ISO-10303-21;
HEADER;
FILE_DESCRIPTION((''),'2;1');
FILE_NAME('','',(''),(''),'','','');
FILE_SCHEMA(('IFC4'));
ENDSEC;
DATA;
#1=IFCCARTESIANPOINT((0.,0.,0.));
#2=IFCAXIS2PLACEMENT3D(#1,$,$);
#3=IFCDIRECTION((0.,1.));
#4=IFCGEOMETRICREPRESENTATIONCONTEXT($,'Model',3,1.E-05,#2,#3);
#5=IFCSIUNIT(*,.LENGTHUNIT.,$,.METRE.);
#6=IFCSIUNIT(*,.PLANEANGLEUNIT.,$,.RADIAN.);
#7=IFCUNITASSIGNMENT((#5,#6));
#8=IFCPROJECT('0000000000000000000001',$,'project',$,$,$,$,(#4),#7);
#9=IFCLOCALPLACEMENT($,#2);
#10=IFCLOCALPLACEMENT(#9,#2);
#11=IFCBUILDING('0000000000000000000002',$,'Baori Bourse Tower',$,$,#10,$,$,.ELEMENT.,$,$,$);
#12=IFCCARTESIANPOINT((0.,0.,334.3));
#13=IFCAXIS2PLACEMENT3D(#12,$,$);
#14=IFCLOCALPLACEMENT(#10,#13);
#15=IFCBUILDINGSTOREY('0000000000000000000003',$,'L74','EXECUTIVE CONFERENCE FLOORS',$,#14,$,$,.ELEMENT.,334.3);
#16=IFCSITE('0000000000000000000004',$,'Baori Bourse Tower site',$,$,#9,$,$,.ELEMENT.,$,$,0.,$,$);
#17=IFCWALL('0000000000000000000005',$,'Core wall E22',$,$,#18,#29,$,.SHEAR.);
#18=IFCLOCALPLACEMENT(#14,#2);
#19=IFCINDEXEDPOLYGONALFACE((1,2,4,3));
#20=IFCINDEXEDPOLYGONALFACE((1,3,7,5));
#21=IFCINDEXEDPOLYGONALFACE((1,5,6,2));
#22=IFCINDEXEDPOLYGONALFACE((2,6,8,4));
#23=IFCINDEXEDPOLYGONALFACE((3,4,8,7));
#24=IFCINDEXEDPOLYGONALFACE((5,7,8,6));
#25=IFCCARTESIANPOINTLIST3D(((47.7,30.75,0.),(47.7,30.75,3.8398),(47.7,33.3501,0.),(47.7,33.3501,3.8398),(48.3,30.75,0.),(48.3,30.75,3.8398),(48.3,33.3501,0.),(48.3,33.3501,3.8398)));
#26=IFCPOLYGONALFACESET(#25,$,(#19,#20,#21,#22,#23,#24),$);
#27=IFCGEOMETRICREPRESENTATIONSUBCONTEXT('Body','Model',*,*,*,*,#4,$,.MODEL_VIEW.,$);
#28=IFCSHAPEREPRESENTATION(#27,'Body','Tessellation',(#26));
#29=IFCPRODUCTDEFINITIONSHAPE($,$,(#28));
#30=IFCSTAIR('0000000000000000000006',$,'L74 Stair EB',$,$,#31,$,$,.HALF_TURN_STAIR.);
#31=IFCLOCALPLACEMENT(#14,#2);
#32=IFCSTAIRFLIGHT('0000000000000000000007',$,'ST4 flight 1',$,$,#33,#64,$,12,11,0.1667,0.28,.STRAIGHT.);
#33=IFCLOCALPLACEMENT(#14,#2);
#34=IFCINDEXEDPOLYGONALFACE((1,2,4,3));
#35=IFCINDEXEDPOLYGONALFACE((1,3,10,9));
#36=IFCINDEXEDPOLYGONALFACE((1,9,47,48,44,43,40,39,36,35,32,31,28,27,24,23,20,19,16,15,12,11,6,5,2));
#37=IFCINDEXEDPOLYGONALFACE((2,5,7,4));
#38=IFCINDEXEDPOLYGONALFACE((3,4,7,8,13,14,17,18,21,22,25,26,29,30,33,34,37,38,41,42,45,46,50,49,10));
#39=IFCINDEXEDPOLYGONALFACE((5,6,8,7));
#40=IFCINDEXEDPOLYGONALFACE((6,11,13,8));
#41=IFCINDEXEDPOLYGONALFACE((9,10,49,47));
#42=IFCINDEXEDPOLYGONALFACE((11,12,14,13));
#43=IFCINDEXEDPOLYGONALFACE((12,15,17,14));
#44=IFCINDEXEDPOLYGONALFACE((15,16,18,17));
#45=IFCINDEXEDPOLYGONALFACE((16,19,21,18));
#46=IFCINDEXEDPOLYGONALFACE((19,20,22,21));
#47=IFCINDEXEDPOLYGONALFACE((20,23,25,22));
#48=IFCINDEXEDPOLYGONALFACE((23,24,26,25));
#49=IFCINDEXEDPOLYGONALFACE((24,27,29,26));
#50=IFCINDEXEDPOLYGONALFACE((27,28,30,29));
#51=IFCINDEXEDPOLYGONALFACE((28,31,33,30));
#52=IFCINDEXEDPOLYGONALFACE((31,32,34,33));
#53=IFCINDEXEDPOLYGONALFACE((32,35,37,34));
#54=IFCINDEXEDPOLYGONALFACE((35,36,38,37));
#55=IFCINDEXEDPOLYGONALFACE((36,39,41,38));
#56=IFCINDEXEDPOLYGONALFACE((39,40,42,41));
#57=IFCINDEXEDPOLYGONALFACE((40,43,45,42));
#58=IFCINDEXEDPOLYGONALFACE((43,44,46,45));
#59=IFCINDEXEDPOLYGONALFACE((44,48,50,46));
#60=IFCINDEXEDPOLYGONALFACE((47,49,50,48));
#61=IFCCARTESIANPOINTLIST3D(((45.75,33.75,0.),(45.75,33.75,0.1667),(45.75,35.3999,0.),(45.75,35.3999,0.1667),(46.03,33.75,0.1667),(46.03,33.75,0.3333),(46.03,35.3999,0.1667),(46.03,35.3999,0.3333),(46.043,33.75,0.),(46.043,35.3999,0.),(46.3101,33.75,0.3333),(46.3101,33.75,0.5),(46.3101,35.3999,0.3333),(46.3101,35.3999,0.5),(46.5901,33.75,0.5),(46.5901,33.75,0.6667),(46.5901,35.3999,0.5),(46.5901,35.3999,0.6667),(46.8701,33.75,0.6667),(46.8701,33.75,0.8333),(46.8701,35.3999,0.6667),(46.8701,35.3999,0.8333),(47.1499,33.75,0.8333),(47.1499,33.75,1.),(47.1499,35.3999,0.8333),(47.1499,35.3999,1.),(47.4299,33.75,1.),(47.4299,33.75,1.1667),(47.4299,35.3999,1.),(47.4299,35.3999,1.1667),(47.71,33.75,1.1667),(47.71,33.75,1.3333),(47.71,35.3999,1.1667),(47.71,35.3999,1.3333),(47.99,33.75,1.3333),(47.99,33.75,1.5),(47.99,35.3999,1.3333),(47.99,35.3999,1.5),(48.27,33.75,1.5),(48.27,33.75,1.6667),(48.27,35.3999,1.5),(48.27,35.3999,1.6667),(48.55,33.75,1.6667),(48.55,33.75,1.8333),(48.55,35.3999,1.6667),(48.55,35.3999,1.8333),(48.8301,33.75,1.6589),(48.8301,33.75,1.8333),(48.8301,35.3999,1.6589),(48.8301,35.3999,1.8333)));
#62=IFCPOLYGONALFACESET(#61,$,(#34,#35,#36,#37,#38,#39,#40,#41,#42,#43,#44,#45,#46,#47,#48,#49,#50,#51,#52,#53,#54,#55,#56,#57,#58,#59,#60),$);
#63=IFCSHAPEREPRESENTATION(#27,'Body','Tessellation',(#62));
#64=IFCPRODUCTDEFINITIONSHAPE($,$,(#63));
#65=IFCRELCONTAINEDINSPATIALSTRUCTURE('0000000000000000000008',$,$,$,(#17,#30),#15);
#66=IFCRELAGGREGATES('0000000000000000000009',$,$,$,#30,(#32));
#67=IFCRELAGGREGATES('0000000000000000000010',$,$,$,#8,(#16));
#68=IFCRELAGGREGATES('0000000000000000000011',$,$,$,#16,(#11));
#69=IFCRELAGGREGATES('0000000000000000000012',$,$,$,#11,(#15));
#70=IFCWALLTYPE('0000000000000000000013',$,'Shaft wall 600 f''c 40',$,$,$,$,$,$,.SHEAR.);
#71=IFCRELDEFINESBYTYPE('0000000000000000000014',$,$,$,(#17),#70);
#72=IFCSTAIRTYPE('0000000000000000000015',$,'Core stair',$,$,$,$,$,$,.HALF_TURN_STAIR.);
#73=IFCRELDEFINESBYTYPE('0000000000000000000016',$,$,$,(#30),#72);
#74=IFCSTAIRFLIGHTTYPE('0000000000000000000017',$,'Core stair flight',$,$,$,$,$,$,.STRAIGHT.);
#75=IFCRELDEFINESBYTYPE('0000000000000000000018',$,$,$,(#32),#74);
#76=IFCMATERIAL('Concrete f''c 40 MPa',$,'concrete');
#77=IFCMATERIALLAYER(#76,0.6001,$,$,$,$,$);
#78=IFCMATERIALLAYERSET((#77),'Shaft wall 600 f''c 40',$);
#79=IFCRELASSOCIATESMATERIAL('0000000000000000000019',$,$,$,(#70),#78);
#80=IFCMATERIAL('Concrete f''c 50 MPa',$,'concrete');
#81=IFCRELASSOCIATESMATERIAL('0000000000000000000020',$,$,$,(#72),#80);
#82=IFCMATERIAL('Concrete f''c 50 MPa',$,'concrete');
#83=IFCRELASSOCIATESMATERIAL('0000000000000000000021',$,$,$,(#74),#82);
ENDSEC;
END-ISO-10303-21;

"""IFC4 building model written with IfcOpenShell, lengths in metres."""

from ifc_helpers import new_model, si_unit, direction, frame, frame_2d, origin, place, context, subcontext, project, spatial, polyline, rectangle, outline, extrude, material, layer, layer_set, type_object, element, aggregate, save


model = new_model("IFC4")

# Units and contexts
model_context = context("Model", 3, precision=1e-05, world=origin(), true_north=direction((0.0, 1.0)))
body_context = subcontext(model_context, "Body", "Model", "MODEL_VIEW")
ifc_project = project(units=[si_unit("LENGTHUNIT", "METRE"), si_unit("PLANEANGLEUNIT", "RADIAN")], contexts=[model_context])

# Site, building, storey
site_placement = place(None, origin())
site = spatial("IfcSite", under=ifc_project, at=site_placement, Name="Baori Bourse Tower site", CompositionType="ELEMENT", RefElevation=0.0)
building_placement = place(site_placement, origin())
building = spatial("IfcBuilding", under=site, at=building_placement, Name="Baori Bourse Tower", CompositionType="ELEMENT")
storey_placement = place(building_placement, frame((0.0, 0.0, 334.3)))
storey = spatial("IfcBuildingStorey", under=building, at=storey_placement, Name="L74", Description="EXECUTIVE CONFERENCE FLOORS", CompositionType="ELEMENT", Elevation=334.3)

# Wall
ifc_material_1 = material(Name="Concrete f'c 40 MPa", Category="concrete")
ifc_layer_1 = layer(ifc_material_1, 0.6001)
ifc_layer_set_1 = layer_set([ifc_layer_1], Name="Shaft wall 600 f'c 40")
wall_type_1 = type_object("IfcWallType", Name="Shaft wall 600 f'c 40", PredefinedType="SHEAR", material=ifc_layer_set_1)
for number, where, z_axis, x_axis, name in (
    (1, (48.0, 30.75, 0.0), (0.0, 0.0, 1.0), (0.0, 1.0, 0.0), "Core wall E22"),
):
    element("IfcWall", number, at=place(storey_placement, frame(where, z_axis=z_axis, x_axis=x_axis)), inside=storey, type_object=wall_type_1, Name=name, PredefinedType="SHEAR", context=body_context, shape_type="SweptSolid", body=[
        extrude(rectangle(XDim=2.6001, YDim=0.6001, at=frame_2d((1.3, 0.0))), origin(), (0.0, 0.0, 1.0), 3.8398),
    ])

# Stair, stair flight
ifc_material_2 = material(Name="Concrete f'c 50 MPa", Category="concrete")
stair_type = type_object("IfcStairType", Name="Core stair", PredefinedType="HALF_TURN_STAIR", material=ifc_material_2)
stair_placement = place(storey_placement, origin())
stair = element("IfcStair", 2, at=stair_placement, inside=storey, type_object=stair_type, Name="L74 Stair EB", PredefinedType="HALF_TURN_STAIR")
ifc_material_3 = material(Name="Concrete f'c 50 MPa", Category="concrete")
stair_flight_type = type_object("IfcStairFlightType", Name="Core stair flight", PredefinedType="STRAIGHT", material=ifc_material_3)
stair_flight_placement = place(storey_placement, frame((45.75, 34.575, 0.0), z_axis=(0.0, 0.0, 1.0), x_axis=(1.0, 0.0, 0.0)))
stair_flight = element("IfcStairFlight", 3, at=stair_flight_placement, type_object=stair_flight_type, Name="ST4 flight 1", NumberOfRisers=12, NumberOfTreads=11, PredefinedType="STRAIGHT", RiserHeight=0.1667, TreadLength=0.28, context=body_context, shape_type="SweptSolid", body=[
    extrude(outline(polyline([(0.0, 0.0), (0.0, 0.1667), (0.28, 0.1667), (0.28, 0.3333), (0.5601, 0.3333), (0.5601, 0.5), (0.8401, 0.5), (0.8401, 0.6667), (1.1201, 0.6667), (1.1201, 0.8333), (1.3999, 0.8333), (1.3999, 1.0), (1.6799, 1.0), (1.6799, 1.1667), (1.96, 1.1667), (1.96, 1.3333), (2.24, 1.3333), (2.24, 1.5), (2.52, 1.5), (2.52, 1.6667), (2.8, 1.6667), (2.8, 1.8333), (3.0801, 1.8333), (3.0801, 2.0), (3.0801, 1.6589), (0.293, 0.0), (0.0, 0.0)])), frame((0.0, 0.825, 0.0), z_axis=(0.0, -1.0, 0.0), x_axis=(1.0, 0.0, 0.0)), (0.0, 0.0, 1.0), 1.6499),
])
aggregate(stair, [stair_flight])

save(model, "model.ifc")
